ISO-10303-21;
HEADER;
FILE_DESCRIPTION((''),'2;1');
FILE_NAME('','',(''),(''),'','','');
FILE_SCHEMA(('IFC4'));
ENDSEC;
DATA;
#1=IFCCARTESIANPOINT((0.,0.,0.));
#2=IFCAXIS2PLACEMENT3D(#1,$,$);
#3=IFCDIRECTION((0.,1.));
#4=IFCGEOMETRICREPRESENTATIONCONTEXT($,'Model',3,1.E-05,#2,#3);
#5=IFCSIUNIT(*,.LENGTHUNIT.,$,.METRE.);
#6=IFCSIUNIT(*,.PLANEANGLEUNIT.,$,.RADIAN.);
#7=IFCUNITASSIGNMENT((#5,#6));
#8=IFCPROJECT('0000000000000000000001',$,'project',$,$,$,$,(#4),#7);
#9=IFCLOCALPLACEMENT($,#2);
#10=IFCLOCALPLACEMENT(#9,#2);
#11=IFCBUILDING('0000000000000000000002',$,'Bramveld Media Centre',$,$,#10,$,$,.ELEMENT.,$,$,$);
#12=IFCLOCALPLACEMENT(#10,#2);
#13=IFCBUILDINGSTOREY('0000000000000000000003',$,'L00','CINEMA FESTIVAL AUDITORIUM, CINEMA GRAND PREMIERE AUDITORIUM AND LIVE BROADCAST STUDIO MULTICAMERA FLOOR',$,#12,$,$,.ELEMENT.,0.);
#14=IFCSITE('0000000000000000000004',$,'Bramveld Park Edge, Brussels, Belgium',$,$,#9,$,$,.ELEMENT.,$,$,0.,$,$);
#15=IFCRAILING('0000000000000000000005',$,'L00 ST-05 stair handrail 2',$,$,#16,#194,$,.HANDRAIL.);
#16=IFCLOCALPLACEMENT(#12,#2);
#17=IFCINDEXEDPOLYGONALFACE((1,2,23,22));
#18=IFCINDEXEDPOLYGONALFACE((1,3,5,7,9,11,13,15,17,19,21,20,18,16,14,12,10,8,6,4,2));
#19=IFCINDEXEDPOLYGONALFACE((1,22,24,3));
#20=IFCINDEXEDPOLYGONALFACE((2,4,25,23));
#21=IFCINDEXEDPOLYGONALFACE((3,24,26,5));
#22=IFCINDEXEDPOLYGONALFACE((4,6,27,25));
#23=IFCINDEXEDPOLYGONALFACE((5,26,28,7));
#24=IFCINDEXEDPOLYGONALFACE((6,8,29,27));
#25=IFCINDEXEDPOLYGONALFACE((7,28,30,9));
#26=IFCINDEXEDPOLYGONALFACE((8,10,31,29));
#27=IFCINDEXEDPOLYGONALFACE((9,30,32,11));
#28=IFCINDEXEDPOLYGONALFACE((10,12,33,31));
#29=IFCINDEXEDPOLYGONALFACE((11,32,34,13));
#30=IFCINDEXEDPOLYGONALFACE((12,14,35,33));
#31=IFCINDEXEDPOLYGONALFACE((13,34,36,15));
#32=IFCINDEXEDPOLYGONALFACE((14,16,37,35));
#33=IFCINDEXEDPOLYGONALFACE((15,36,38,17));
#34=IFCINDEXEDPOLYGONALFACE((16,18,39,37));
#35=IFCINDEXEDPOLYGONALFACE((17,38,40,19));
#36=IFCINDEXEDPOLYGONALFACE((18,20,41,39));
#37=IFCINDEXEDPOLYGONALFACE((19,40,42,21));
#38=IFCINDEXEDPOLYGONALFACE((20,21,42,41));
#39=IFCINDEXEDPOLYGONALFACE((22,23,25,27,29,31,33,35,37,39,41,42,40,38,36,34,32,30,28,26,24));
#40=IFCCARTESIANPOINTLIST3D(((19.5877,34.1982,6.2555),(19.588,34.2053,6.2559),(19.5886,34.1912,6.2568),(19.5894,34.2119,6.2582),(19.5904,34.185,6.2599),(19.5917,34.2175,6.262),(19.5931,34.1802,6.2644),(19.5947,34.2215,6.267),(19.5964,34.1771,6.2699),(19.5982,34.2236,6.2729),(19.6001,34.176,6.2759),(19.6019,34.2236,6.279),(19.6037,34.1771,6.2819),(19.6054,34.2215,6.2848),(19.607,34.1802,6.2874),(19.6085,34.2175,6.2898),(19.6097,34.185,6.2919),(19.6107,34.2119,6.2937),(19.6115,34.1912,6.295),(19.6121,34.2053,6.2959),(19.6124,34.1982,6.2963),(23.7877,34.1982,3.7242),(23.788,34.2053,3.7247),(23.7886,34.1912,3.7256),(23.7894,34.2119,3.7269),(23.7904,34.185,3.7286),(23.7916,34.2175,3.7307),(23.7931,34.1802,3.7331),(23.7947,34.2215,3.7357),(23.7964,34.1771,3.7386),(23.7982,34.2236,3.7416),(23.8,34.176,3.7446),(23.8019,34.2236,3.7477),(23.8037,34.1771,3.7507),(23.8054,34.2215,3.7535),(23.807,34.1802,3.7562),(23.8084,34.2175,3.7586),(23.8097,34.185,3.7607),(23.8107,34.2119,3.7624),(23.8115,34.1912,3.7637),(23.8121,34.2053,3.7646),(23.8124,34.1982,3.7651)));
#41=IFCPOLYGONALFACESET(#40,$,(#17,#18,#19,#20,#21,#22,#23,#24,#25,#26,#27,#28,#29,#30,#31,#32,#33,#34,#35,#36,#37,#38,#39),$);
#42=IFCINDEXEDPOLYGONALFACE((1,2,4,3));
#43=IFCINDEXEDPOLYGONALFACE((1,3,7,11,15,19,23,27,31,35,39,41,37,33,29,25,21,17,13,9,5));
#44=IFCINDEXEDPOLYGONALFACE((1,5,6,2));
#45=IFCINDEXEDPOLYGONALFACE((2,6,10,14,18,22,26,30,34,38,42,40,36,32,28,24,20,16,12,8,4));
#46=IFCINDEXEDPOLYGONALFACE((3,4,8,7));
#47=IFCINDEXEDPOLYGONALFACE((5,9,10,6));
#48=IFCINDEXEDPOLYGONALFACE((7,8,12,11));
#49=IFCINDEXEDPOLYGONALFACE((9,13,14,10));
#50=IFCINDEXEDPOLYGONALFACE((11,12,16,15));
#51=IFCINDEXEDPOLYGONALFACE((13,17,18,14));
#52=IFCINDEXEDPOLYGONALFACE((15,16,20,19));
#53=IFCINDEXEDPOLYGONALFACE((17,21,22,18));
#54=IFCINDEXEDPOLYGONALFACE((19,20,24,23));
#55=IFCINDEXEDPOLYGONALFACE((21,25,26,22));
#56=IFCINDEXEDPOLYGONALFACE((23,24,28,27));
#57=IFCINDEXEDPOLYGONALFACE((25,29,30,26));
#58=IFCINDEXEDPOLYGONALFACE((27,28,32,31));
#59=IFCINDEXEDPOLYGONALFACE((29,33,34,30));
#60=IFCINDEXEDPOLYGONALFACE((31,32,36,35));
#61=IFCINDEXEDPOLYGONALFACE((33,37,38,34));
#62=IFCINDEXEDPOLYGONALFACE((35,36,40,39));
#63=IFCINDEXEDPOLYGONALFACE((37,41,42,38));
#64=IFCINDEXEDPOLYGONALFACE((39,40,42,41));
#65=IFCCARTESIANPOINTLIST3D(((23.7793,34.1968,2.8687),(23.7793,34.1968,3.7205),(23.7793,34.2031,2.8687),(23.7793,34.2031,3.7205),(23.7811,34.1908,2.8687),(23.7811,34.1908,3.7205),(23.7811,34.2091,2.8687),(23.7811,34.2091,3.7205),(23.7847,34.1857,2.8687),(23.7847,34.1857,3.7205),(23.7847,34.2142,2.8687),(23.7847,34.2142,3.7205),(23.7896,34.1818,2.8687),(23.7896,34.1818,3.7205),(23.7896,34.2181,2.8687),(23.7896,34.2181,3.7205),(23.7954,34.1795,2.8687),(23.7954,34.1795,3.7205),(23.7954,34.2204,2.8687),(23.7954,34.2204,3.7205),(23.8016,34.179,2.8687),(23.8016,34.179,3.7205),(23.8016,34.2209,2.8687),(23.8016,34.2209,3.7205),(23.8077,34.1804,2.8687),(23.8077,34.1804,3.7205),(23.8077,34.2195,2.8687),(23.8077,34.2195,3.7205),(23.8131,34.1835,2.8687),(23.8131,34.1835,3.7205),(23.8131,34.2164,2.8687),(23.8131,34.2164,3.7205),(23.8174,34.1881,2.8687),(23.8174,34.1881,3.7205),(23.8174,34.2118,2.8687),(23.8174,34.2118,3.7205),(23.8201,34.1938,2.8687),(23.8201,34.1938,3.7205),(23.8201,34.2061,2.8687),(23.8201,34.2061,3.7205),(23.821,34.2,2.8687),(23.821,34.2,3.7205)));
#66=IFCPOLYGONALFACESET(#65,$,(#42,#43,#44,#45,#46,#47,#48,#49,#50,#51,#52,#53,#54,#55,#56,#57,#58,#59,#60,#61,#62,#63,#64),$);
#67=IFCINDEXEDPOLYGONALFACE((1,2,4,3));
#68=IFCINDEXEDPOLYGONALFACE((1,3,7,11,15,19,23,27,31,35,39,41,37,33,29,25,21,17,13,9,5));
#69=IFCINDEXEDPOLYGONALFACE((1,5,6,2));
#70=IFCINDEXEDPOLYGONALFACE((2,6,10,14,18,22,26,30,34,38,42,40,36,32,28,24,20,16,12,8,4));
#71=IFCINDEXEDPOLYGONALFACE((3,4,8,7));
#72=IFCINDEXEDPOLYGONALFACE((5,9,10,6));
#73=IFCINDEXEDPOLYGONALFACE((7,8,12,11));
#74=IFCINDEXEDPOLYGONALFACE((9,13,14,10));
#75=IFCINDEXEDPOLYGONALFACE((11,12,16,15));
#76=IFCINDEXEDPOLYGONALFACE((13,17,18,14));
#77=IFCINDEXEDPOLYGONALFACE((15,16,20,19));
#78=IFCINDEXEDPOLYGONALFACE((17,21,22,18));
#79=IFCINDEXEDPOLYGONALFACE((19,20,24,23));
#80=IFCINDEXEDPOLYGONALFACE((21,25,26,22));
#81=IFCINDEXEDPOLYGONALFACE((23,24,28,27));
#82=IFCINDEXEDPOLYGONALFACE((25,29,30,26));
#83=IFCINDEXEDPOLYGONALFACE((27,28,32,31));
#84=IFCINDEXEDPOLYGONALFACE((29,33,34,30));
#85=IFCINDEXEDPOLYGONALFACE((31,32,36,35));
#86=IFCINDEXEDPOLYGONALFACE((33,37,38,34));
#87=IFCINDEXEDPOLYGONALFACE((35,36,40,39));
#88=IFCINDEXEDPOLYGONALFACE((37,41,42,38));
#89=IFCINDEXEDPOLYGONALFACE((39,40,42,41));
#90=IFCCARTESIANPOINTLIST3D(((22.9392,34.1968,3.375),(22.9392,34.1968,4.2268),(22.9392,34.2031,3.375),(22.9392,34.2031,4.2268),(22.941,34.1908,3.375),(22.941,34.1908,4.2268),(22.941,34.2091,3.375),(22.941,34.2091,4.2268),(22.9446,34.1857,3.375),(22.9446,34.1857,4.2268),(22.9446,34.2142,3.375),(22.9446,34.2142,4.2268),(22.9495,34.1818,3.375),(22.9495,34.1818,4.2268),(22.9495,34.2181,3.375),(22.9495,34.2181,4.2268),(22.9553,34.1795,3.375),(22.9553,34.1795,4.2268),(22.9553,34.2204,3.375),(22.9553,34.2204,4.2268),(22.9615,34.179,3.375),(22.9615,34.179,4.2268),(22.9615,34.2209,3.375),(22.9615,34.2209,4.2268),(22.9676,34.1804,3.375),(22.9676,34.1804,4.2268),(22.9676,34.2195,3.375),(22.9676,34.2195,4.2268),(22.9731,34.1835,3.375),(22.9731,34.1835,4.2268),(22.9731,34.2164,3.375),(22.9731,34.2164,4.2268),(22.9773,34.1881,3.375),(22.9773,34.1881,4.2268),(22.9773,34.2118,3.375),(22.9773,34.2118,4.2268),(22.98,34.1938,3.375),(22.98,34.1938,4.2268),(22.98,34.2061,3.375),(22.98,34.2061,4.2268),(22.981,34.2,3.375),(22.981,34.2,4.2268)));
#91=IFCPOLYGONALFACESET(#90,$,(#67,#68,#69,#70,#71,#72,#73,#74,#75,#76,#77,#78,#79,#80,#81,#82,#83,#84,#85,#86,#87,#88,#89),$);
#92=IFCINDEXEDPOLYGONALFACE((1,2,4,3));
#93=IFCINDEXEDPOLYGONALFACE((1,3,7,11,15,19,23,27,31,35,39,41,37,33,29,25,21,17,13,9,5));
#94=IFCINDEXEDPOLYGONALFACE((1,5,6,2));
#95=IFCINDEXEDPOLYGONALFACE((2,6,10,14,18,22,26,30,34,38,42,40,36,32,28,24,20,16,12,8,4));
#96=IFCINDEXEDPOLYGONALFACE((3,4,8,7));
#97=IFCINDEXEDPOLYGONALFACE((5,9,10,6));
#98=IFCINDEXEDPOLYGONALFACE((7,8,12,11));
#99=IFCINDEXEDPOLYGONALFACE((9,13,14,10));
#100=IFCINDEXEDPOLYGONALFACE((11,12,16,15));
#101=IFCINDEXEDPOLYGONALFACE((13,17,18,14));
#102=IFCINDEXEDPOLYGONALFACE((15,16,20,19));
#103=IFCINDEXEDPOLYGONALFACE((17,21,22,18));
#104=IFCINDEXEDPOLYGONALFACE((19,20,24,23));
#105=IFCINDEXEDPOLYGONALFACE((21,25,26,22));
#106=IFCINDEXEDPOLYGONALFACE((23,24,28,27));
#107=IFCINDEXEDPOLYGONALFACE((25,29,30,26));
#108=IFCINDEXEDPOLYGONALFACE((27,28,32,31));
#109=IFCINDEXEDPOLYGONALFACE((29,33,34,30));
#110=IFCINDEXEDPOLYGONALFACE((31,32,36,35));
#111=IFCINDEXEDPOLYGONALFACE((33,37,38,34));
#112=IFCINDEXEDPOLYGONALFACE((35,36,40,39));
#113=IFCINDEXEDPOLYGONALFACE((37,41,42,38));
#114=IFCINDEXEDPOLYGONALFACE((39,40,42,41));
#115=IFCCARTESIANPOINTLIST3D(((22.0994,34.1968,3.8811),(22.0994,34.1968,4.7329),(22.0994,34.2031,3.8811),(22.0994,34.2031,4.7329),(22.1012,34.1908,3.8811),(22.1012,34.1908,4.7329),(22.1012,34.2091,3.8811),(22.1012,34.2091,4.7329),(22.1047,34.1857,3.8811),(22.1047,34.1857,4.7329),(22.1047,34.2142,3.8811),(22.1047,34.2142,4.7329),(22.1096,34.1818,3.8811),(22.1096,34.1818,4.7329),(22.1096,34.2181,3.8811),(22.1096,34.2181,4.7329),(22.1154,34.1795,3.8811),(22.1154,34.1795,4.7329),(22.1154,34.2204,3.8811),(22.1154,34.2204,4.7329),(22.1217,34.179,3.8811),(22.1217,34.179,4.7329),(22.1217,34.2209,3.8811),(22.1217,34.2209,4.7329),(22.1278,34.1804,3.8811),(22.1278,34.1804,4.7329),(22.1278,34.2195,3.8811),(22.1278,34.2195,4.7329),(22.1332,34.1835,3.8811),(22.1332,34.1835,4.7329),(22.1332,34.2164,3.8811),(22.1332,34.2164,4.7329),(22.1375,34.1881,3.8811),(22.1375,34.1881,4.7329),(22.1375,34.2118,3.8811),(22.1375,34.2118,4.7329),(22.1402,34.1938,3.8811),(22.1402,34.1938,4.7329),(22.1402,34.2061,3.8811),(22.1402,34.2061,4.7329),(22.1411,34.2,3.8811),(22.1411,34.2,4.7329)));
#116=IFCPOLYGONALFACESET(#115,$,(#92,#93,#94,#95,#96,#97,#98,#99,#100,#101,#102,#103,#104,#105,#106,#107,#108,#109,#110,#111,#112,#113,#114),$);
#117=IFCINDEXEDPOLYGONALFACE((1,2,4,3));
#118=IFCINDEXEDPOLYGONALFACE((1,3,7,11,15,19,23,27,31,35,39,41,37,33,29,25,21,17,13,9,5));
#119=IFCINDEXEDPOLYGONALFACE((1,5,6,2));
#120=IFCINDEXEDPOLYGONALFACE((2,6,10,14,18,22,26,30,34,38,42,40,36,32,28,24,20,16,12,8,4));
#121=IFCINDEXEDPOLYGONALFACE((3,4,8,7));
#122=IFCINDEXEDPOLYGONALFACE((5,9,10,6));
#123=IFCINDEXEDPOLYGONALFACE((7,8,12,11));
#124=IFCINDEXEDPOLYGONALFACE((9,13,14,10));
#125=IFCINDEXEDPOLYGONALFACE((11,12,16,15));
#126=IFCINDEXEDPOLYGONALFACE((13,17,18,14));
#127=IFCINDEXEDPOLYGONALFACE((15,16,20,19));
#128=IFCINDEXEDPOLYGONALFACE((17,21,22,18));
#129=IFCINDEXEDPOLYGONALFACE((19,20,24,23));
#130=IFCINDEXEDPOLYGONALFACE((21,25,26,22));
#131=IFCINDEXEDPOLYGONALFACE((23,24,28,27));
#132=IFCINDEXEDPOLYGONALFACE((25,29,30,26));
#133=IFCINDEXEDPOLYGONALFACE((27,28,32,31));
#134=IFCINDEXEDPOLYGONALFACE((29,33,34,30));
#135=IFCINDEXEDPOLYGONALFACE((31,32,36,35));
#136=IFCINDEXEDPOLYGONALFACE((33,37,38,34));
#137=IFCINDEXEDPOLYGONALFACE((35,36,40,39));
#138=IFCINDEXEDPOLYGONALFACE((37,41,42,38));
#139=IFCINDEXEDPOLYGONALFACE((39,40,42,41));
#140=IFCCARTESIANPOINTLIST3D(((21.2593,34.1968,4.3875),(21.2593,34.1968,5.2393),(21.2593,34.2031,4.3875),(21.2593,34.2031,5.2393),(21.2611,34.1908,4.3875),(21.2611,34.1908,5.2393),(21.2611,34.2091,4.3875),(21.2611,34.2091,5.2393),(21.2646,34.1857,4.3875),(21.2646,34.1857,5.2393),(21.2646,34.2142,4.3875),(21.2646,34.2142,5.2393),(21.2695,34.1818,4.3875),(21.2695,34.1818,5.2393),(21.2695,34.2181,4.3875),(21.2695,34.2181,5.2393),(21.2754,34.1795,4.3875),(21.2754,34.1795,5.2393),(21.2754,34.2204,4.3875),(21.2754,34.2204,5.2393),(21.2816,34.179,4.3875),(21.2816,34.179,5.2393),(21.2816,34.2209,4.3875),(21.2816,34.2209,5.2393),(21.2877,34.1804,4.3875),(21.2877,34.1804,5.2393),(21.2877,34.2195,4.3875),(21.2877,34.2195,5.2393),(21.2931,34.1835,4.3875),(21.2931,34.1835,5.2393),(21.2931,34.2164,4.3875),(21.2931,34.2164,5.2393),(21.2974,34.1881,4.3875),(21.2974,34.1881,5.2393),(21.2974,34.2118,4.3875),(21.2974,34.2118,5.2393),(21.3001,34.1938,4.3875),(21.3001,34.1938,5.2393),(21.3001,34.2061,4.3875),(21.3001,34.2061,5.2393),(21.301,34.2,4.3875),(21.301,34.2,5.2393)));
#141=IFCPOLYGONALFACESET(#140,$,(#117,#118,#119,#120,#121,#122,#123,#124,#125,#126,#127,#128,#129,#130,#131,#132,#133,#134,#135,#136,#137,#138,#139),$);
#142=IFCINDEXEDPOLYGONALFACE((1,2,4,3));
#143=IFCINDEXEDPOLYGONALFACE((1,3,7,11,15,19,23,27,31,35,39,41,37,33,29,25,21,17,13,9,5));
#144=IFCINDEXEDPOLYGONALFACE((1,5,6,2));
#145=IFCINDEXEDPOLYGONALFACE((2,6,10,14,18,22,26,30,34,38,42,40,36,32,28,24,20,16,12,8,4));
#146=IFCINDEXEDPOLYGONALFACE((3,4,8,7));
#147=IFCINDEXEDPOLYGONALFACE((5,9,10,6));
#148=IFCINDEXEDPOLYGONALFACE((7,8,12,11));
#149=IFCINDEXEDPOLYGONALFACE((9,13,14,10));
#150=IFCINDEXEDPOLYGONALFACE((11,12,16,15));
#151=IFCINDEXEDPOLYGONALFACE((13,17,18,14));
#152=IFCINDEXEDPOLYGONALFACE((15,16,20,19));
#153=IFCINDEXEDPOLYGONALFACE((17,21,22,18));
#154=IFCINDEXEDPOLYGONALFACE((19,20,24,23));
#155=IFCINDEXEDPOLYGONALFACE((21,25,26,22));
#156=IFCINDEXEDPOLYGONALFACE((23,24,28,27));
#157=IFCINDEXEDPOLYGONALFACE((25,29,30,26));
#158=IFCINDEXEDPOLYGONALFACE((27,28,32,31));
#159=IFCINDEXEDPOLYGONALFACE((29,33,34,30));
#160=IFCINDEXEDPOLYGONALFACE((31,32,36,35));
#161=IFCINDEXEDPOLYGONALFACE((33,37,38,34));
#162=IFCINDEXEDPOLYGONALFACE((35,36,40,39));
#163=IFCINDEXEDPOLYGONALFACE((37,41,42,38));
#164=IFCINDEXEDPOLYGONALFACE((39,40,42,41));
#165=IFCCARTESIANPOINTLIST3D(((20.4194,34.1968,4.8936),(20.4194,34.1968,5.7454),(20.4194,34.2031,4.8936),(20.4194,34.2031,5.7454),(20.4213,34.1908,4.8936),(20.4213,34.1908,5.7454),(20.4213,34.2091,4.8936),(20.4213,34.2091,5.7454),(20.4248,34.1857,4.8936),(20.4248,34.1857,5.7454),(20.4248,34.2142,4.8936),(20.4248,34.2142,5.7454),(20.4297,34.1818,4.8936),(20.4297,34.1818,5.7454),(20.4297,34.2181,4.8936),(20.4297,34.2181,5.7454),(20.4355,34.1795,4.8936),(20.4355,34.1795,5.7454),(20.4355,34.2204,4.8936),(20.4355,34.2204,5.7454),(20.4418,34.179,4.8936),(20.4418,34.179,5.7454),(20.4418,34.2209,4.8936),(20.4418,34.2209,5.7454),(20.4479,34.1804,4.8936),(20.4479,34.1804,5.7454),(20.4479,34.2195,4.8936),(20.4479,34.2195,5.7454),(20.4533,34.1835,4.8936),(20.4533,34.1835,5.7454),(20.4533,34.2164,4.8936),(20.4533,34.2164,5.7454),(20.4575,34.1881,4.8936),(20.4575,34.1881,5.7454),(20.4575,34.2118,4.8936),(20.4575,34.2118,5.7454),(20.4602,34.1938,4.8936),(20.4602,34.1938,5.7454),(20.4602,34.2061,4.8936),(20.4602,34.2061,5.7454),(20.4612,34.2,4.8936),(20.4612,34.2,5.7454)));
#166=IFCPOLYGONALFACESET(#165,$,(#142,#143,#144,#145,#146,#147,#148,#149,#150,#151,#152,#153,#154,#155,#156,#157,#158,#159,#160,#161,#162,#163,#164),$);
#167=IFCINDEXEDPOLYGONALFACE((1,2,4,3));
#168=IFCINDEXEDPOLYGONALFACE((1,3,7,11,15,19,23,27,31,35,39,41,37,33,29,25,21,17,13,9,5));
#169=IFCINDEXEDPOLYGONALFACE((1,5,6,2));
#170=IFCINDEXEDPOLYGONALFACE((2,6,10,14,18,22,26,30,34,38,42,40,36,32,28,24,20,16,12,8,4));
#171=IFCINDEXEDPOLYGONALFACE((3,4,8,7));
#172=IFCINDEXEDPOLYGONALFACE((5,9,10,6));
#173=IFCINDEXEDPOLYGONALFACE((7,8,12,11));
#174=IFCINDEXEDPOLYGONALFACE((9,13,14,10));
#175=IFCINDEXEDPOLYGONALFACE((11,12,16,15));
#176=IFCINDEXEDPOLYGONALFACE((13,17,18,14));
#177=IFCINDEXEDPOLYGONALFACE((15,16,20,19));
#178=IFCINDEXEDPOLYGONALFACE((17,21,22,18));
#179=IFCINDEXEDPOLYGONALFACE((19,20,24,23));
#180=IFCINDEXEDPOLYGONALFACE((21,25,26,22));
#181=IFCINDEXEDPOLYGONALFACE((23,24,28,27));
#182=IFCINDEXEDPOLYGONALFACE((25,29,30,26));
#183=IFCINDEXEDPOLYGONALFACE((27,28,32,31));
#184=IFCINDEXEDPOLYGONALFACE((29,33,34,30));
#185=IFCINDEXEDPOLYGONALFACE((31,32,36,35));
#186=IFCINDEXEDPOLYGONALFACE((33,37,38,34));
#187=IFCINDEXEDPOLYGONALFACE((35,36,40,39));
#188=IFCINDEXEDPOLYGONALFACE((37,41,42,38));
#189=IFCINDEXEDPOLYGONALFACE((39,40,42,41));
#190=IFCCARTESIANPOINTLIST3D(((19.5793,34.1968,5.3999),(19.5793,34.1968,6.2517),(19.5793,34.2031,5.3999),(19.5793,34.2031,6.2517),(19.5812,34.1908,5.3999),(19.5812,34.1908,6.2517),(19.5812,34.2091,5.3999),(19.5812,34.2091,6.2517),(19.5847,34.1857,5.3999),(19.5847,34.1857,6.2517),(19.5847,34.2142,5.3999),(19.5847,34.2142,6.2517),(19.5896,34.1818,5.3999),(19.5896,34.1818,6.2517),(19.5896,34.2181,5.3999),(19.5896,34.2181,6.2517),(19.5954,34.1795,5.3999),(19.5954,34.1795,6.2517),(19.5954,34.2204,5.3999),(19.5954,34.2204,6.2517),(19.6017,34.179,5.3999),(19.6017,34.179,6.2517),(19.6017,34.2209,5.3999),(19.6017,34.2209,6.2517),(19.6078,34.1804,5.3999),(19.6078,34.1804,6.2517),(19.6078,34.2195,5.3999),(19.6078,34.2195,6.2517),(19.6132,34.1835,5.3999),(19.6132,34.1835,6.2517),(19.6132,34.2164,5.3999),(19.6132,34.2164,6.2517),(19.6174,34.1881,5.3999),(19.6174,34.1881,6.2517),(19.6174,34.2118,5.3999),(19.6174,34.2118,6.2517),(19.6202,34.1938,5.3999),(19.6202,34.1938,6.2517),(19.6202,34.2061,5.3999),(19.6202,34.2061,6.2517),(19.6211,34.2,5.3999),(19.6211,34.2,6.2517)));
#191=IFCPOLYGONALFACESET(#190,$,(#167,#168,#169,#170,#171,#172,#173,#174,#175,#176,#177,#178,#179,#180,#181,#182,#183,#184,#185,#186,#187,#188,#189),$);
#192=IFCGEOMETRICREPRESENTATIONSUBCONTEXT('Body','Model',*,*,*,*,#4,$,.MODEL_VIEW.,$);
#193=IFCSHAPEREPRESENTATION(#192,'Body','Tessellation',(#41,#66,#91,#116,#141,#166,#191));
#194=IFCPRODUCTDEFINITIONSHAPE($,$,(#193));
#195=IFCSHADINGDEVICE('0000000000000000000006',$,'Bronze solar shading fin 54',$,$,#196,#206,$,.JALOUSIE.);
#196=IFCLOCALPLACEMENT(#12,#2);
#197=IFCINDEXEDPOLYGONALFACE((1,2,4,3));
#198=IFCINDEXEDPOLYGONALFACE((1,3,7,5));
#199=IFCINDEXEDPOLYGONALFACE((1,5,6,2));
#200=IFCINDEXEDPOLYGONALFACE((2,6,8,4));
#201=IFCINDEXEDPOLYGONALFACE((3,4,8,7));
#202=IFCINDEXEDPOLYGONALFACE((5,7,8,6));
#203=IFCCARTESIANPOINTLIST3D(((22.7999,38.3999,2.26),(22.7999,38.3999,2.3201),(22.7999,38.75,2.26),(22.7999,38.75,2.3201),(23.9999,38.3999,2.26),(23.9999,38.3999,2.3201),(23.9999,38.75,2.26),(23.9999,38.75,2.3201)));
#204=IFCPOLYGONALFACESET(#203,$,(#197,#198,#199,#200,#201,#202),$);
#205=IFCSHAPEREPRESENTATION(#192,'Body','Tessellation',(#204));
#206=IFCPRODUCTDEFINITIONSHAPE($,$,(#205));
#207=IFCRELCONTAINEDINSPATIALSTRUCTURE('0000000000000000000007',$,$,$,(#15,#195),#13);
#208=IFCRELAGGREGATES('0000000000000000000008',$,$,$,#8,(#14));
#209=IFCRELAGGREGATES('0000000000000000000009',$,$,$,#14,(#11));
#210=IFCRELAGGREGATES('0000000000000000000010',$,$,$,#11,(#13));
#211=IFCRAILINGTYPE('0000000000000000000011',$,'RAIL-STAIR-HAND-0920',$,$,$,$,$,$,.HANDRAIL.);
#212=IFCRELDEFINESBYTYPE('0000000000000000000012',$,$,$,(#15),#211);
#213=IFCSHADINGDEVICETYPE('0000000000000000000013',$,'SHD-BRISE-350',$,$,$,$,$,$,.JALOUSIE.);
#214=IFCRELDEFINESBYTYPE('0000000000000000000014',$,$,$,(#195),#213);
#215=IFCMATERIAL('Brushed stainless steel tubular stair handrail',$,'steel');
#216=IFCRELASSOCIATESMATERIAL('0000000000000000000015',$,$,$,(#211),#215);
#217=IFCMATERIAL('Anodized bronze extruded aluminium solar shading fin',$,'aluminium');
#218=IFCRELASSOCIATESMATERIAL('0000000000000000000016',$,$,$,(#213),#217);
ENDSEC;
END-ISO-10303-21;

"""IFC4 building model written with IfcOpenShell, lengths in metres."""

from ifc_helpers import new_model, si_unit, direction, frame, origin, origin_2d, place, context, subcontext, project, spatial, rectangle, circle, extrude, material, type_object, element, save


model = new_model("IFC4")

# Units and contexts
model_context = context("Model", 3, precision=1e-05, world=origin(), true_north=direction((0.0, 1.0)))
body_context = subcontext(model_context, "Body", "Model", "MODEL_VIEW")
ifc_project = project(units=[si_unit("LENGTHUNIT", "METRE"), si_unit("PLANEANGLEUNIT", "RADIAN")], contexts=[model_context])

# Site, building, storey
site_placement = place(None, origin())
site = spatial("IfcSite", under=ifc_project, at=site_placement, Name="Bramveld Park Edge, Brussels, Belgium", CompositionType="ELEMENT", RefElevation=0.0)
building_placement = place(site_placement, origin())
building = spatial("IfcBuilding", under=site, at=building_placement, Name="Bramveld Media Centre", CompositionType="ELEMENT")
storey_placement = place(building_placement, origin())
storey = spatial("IfcBuildingStorey", under=building, at=storey_placement, Name="L00", Description="CINEMA FESTIVAL AUDITORIUM, CINEMA GRAND PREMIERE AUDITORIUM AND LIVE BROADCAST STUDIO MULTICAMERA FLOOR", CompositionType="ELEMENT", Elevation=0.0)

# Railing
ifc_material_1 = material(Name="Brushed stainless steel tubular stair handrail", Category="steel")
railing_type_1 = type_object("IfcRailingType", Name="RAIL-STAIR-HAND-0920", PredefinedType="HANDRAIL", material=ifc_material_1)
railing_1_placement = place(storey_placement, frame((23.8, 34.2, 2.8687)))
element("IfcRailing", 1, at=railing_1_placement, inside=storey, type_object=railing_type_1, Name="L00 ST-05 stair handrail 2", PredefinedType="HANDRAIL", context=body_context, shape_type="SweptSolid", body=[
    extrude(circle(Radius=0.0239, at=origin_2d()), frame((0.0, 0.0, 0.876), z_axis=(-0.856476, 0.0, 0.516186), x_axis=(0.0, -1.0, 0.0)), (0.0, 0.0, 1.0), 4.9038),
    extrude(circle(Radius=0.021, at=origin_2d()), origin(), (0.0, 0.0, 1.0), 0.8518),
    extrude(circle(Radius=0.021, at=origin_2d()), frame((-0.8401, 0.0, 0.5063)), (0.0, 0.0, 1.0), 0.8518),
    extrude(circle(Radius=0.021, at=origin_2d()), frame((-1.6799, 0.0, 1.0125)), (0.0, 0.0, 1.0), 0.8518),
    extrude(circle(Radius=0.021, at=origin_2d()), frame((-2.52, 0.0, 1.5188)), (0.0, 0.0, 1.0), 0.8518),
    extrude(circle(Radius=0.021, at=origin_2d()), frame((-3.3599, 0.0, 2.0249)), (0.0, 0.0, 1.0), 0.8518),
    extrude(circle(Radius=0.021, at=origin_2d()), frame((-4.2, 0.0, 2.5312)), (0.0, 0.0, 1.0), 0.8518),
])

# Shading device
ifc_material_2 = material(Name="Anodized bronze extruded aluminium solar shading fin", Category="aluminium")
shading_device_type = type_object("IfcShadingDeviceType", Name="SHD-BRISE-350", PredefinedType="JALOUSIE", material=ifc_material_2)
shading_device_placement = place(storey_placement, frame((23.3999, 38.575, 2.26), z_axis=(0.0, 0.0, 1.0), x_axis=(1.0, 0.0, 0.0)))
element("IfcShadingDevice", 2, at=shading_device_placement, inside=storey, type_object=shading_device_type, Name="Bronze solar shading fin 54", PredefinedType="JALOUSIE", context=body_context, shape_type="SweptSolid", body=[
    extrude(rectangle(XDim=1.2, YDim=0.3501, at=origin_2d()), origin(), (0.0, 0.0, 1.0), 0.0601),
])

save(model, "model.ifc")
